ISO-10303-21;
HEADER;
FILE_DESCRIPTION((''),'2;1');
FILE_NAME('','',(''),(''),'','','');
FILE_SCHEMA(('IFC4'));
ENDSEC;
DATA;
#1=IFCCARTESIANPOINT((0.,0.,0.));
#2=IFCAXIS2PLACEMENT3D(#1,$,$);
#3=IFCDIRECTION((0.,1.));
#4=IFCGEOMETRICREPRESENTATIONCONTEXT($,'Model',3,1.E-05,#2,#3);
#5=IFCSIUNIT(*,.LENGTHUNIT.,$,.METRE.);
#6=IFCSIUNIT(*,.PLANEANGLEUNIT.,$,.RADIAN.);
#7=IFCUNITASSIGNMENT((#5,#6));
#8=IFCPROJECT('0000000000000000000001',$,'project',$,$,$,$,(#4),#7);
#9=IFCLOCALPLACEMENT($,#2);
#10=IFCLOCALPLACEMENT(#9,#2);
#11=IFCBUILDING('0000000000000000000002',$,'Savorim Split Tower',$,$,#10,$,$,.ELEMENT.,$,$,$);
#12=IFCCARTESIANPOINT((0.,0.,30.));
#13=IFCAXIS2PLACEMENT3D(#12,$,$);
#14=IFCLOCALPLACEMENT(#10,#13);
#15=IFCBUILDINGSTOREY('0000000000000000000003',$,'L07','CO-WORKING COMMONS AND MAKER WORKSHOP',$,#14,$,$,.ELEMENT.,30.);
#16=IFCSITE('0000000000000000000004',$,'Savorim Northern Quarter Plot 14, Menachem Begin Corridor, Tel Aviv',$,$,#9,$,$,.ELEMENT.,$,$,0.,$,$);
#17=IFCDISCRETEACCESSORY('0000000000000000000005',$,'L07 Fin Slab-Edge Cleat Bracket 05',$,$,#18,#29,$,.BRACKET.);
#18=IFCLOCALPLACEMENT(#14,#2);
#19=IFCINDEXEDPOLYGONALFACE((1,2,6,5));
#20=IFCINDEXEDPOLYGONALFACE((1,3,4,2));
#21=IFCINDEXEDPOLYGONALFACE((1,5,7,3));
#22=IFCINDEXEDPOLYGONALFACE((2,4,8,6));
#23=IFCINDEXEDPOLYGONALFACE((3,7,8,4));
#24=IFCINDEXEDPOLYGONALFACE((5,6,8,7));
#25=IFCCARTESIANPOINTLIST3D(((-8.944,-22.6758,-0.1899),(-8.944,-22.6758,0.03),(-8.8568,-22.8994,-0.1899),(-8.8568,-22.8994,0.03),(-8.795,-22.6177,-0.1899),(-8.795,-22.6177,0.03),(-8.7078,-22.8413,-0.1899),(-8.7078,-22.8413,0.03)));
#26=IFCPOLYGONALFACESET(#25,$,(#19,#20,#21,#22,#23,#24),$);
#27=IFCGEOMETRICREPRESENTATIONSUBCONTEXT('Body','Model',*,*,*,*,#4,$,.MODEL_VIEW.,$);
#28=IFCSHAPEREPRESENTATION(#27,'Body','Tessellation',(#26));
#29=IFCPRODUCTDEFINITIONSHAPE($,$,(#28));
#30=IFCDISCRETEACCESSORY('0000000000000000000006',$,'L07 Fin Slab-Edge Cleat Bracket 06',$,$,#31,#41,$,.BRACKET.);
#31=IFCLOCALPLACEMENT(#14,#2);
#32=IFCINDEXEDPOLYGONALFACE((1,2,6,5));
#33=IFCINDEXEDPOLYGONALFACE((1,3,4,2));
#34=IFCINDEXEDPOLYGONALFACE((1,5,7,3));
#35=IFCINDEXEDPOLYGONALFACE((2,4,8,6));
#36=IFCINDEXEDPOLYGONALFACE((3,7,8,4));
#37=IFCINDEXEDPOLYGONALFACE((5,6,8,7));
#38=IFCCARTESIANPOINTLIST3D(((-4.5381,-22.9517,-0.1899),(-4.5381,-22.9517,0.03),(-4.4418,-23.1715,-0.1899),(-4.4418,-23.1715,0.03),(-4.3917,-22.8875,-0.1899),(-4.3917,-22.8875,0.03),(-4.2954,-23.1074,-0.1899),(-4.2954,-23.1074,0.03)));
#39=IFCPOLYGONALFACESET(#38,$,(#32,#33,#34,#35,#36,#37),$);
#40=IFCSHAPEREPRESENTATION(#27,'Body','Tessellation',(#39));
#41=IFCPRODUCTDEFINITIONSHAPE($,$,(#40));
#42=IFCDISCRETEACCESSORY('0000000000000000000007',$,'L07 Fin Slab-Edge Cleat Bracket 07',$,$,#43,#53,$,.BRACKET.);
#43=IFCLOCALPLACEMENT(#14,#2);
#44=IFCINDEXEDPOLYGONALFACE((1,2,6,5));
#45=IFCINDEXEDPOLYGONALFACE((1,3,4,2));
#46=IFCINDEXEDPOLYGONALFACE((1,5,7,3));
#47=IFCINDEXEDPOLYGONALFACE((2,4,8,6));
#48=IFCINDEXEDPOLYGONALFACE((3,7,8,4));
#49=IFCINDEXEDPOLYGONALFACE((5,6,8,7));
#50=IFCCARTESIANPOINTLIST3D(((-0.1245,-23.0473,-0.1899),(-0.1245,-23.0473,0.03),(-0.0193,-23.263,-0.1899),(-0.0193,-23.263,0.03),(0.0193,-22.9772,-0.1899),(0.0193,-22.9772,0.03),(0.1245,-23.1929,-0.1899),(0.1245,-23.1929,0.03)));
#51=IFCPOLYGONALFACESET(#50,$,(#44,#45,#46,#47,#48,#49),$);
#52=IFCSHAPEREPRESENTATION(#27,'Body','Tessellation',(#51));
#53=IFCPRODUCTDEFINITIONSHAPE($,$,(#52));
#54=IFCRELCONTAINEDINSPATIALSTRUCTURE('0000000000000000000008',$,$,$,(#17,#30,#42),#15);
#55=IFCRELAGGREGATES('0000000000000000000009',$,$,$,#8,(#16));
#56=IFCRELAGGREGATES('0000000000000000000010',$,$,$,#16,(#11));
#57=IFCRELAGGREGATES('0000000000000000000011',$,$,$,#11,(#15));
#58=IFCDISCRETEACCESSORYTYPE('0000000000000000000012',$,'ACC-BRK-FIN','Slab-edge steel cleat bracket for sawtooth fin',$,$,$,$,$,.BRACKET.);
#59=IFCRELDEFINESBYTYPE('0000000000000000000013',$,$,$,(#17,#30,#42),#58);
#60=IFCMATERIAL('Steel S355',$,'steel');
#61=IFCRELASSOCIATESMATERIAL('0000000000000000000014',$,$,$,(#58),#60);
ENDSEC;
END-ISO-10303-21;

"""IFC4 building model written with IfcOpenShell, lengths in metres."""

from ifc_helpers import new_model, si_unit, direction, frame, origin, origin_2d, place, context, subcontext, project, spatial, rectangle, extrude, material, type_object, element, save


model = new_model("IFC4")

# Units and contexts
model_context = context("Model", 3, precision=1e-05, world=origin(), true_north=direction((0.0, 1.0)))
body_context = subcontext(model_context, "Body", "Model", "MODEL_VIEW")
ifc_project = project(units=[si_unit("LENGTHUNIT", "METRE"), si_unit("PLANEANGLEUNIT", "RADIAN")], contexts=[model_context])

# Site, building, storey
site_placement = place(None, origin())
site = spatial("IfcSite", under=ifc_project, at=site_placement, Name="Savorim Northern Quarter Plot 14, Menachem Begin Corridor, Tel Aviv", CompositionType="ELEMENT", RefElevation=0.0)
building_placement = place(site_placement, origin())
building = spatial("IfcBuilding", under=site, at=building_placement, Name="Savorim Split Tower", CompositionType="ELEMENT")
storey_placement = place(building_placement, frame((0.0, 0.0, 30.0)))
storey = spatial("IfcBuildingStorey", under=building, at=storey_placement, Name="L07", Description="CO-WORKING COMMONS AND MAKER WORKSHOP", CompositionType="ELEMENT", Elevation=30.0)

# Shared definitions
ifc_material_1 = material(Name="Steel S355", Category="steel")

# Discrete accessories
discrete_accessory_type = type_object("IfcDiscreteAccessoryType", Name="ACC-BRK-FIN", Description="Slab-edge steel cleat bracket for sawtooth fin", PredefinedType="BRACKET", material=ifc_material_1)
for number, where, z_axis, x_axis, name in (
    (1, (-8.8259, -22.7585, -0.1899), (0.0, 0.0, 1.0), (0.363415, -0.931627, 0.0), "L07 Fin Slab-Edge Cleat Bracket 05"),
    (2, (-4.4167, -23.0295, -0.1899), (0.0, 0.0, 1.0), (0.40123, -0.915977, 0.0), "L07 Fin Slab-Edge Cleat Bracket 06"),
    (3, (0.0, -23.1201, -0.1899), (0.0, 0.0, 1.0), (0.438371, -0.898794, 0.0), "L07 Fin Slab-Edge Cleat Bracket 07"),
):
    element("IfcDiscreteAccessory", number, at=place(storey_placement, frame(where, z_axis=z_axis, x_axis=x_axis)), inside=storey, type_object=discrete_accessory_type, Name=name, PredefinedType="BRACKET", context=body_context, shape_type="SweptSolid", body=[
        extrude(rectangle(XDim=0.24, YDim=0.1599, at=origin_2d()), origin(), (0.0, 0.0, 1.0), 0.22),
    ])

save(model, "model.ifc")
